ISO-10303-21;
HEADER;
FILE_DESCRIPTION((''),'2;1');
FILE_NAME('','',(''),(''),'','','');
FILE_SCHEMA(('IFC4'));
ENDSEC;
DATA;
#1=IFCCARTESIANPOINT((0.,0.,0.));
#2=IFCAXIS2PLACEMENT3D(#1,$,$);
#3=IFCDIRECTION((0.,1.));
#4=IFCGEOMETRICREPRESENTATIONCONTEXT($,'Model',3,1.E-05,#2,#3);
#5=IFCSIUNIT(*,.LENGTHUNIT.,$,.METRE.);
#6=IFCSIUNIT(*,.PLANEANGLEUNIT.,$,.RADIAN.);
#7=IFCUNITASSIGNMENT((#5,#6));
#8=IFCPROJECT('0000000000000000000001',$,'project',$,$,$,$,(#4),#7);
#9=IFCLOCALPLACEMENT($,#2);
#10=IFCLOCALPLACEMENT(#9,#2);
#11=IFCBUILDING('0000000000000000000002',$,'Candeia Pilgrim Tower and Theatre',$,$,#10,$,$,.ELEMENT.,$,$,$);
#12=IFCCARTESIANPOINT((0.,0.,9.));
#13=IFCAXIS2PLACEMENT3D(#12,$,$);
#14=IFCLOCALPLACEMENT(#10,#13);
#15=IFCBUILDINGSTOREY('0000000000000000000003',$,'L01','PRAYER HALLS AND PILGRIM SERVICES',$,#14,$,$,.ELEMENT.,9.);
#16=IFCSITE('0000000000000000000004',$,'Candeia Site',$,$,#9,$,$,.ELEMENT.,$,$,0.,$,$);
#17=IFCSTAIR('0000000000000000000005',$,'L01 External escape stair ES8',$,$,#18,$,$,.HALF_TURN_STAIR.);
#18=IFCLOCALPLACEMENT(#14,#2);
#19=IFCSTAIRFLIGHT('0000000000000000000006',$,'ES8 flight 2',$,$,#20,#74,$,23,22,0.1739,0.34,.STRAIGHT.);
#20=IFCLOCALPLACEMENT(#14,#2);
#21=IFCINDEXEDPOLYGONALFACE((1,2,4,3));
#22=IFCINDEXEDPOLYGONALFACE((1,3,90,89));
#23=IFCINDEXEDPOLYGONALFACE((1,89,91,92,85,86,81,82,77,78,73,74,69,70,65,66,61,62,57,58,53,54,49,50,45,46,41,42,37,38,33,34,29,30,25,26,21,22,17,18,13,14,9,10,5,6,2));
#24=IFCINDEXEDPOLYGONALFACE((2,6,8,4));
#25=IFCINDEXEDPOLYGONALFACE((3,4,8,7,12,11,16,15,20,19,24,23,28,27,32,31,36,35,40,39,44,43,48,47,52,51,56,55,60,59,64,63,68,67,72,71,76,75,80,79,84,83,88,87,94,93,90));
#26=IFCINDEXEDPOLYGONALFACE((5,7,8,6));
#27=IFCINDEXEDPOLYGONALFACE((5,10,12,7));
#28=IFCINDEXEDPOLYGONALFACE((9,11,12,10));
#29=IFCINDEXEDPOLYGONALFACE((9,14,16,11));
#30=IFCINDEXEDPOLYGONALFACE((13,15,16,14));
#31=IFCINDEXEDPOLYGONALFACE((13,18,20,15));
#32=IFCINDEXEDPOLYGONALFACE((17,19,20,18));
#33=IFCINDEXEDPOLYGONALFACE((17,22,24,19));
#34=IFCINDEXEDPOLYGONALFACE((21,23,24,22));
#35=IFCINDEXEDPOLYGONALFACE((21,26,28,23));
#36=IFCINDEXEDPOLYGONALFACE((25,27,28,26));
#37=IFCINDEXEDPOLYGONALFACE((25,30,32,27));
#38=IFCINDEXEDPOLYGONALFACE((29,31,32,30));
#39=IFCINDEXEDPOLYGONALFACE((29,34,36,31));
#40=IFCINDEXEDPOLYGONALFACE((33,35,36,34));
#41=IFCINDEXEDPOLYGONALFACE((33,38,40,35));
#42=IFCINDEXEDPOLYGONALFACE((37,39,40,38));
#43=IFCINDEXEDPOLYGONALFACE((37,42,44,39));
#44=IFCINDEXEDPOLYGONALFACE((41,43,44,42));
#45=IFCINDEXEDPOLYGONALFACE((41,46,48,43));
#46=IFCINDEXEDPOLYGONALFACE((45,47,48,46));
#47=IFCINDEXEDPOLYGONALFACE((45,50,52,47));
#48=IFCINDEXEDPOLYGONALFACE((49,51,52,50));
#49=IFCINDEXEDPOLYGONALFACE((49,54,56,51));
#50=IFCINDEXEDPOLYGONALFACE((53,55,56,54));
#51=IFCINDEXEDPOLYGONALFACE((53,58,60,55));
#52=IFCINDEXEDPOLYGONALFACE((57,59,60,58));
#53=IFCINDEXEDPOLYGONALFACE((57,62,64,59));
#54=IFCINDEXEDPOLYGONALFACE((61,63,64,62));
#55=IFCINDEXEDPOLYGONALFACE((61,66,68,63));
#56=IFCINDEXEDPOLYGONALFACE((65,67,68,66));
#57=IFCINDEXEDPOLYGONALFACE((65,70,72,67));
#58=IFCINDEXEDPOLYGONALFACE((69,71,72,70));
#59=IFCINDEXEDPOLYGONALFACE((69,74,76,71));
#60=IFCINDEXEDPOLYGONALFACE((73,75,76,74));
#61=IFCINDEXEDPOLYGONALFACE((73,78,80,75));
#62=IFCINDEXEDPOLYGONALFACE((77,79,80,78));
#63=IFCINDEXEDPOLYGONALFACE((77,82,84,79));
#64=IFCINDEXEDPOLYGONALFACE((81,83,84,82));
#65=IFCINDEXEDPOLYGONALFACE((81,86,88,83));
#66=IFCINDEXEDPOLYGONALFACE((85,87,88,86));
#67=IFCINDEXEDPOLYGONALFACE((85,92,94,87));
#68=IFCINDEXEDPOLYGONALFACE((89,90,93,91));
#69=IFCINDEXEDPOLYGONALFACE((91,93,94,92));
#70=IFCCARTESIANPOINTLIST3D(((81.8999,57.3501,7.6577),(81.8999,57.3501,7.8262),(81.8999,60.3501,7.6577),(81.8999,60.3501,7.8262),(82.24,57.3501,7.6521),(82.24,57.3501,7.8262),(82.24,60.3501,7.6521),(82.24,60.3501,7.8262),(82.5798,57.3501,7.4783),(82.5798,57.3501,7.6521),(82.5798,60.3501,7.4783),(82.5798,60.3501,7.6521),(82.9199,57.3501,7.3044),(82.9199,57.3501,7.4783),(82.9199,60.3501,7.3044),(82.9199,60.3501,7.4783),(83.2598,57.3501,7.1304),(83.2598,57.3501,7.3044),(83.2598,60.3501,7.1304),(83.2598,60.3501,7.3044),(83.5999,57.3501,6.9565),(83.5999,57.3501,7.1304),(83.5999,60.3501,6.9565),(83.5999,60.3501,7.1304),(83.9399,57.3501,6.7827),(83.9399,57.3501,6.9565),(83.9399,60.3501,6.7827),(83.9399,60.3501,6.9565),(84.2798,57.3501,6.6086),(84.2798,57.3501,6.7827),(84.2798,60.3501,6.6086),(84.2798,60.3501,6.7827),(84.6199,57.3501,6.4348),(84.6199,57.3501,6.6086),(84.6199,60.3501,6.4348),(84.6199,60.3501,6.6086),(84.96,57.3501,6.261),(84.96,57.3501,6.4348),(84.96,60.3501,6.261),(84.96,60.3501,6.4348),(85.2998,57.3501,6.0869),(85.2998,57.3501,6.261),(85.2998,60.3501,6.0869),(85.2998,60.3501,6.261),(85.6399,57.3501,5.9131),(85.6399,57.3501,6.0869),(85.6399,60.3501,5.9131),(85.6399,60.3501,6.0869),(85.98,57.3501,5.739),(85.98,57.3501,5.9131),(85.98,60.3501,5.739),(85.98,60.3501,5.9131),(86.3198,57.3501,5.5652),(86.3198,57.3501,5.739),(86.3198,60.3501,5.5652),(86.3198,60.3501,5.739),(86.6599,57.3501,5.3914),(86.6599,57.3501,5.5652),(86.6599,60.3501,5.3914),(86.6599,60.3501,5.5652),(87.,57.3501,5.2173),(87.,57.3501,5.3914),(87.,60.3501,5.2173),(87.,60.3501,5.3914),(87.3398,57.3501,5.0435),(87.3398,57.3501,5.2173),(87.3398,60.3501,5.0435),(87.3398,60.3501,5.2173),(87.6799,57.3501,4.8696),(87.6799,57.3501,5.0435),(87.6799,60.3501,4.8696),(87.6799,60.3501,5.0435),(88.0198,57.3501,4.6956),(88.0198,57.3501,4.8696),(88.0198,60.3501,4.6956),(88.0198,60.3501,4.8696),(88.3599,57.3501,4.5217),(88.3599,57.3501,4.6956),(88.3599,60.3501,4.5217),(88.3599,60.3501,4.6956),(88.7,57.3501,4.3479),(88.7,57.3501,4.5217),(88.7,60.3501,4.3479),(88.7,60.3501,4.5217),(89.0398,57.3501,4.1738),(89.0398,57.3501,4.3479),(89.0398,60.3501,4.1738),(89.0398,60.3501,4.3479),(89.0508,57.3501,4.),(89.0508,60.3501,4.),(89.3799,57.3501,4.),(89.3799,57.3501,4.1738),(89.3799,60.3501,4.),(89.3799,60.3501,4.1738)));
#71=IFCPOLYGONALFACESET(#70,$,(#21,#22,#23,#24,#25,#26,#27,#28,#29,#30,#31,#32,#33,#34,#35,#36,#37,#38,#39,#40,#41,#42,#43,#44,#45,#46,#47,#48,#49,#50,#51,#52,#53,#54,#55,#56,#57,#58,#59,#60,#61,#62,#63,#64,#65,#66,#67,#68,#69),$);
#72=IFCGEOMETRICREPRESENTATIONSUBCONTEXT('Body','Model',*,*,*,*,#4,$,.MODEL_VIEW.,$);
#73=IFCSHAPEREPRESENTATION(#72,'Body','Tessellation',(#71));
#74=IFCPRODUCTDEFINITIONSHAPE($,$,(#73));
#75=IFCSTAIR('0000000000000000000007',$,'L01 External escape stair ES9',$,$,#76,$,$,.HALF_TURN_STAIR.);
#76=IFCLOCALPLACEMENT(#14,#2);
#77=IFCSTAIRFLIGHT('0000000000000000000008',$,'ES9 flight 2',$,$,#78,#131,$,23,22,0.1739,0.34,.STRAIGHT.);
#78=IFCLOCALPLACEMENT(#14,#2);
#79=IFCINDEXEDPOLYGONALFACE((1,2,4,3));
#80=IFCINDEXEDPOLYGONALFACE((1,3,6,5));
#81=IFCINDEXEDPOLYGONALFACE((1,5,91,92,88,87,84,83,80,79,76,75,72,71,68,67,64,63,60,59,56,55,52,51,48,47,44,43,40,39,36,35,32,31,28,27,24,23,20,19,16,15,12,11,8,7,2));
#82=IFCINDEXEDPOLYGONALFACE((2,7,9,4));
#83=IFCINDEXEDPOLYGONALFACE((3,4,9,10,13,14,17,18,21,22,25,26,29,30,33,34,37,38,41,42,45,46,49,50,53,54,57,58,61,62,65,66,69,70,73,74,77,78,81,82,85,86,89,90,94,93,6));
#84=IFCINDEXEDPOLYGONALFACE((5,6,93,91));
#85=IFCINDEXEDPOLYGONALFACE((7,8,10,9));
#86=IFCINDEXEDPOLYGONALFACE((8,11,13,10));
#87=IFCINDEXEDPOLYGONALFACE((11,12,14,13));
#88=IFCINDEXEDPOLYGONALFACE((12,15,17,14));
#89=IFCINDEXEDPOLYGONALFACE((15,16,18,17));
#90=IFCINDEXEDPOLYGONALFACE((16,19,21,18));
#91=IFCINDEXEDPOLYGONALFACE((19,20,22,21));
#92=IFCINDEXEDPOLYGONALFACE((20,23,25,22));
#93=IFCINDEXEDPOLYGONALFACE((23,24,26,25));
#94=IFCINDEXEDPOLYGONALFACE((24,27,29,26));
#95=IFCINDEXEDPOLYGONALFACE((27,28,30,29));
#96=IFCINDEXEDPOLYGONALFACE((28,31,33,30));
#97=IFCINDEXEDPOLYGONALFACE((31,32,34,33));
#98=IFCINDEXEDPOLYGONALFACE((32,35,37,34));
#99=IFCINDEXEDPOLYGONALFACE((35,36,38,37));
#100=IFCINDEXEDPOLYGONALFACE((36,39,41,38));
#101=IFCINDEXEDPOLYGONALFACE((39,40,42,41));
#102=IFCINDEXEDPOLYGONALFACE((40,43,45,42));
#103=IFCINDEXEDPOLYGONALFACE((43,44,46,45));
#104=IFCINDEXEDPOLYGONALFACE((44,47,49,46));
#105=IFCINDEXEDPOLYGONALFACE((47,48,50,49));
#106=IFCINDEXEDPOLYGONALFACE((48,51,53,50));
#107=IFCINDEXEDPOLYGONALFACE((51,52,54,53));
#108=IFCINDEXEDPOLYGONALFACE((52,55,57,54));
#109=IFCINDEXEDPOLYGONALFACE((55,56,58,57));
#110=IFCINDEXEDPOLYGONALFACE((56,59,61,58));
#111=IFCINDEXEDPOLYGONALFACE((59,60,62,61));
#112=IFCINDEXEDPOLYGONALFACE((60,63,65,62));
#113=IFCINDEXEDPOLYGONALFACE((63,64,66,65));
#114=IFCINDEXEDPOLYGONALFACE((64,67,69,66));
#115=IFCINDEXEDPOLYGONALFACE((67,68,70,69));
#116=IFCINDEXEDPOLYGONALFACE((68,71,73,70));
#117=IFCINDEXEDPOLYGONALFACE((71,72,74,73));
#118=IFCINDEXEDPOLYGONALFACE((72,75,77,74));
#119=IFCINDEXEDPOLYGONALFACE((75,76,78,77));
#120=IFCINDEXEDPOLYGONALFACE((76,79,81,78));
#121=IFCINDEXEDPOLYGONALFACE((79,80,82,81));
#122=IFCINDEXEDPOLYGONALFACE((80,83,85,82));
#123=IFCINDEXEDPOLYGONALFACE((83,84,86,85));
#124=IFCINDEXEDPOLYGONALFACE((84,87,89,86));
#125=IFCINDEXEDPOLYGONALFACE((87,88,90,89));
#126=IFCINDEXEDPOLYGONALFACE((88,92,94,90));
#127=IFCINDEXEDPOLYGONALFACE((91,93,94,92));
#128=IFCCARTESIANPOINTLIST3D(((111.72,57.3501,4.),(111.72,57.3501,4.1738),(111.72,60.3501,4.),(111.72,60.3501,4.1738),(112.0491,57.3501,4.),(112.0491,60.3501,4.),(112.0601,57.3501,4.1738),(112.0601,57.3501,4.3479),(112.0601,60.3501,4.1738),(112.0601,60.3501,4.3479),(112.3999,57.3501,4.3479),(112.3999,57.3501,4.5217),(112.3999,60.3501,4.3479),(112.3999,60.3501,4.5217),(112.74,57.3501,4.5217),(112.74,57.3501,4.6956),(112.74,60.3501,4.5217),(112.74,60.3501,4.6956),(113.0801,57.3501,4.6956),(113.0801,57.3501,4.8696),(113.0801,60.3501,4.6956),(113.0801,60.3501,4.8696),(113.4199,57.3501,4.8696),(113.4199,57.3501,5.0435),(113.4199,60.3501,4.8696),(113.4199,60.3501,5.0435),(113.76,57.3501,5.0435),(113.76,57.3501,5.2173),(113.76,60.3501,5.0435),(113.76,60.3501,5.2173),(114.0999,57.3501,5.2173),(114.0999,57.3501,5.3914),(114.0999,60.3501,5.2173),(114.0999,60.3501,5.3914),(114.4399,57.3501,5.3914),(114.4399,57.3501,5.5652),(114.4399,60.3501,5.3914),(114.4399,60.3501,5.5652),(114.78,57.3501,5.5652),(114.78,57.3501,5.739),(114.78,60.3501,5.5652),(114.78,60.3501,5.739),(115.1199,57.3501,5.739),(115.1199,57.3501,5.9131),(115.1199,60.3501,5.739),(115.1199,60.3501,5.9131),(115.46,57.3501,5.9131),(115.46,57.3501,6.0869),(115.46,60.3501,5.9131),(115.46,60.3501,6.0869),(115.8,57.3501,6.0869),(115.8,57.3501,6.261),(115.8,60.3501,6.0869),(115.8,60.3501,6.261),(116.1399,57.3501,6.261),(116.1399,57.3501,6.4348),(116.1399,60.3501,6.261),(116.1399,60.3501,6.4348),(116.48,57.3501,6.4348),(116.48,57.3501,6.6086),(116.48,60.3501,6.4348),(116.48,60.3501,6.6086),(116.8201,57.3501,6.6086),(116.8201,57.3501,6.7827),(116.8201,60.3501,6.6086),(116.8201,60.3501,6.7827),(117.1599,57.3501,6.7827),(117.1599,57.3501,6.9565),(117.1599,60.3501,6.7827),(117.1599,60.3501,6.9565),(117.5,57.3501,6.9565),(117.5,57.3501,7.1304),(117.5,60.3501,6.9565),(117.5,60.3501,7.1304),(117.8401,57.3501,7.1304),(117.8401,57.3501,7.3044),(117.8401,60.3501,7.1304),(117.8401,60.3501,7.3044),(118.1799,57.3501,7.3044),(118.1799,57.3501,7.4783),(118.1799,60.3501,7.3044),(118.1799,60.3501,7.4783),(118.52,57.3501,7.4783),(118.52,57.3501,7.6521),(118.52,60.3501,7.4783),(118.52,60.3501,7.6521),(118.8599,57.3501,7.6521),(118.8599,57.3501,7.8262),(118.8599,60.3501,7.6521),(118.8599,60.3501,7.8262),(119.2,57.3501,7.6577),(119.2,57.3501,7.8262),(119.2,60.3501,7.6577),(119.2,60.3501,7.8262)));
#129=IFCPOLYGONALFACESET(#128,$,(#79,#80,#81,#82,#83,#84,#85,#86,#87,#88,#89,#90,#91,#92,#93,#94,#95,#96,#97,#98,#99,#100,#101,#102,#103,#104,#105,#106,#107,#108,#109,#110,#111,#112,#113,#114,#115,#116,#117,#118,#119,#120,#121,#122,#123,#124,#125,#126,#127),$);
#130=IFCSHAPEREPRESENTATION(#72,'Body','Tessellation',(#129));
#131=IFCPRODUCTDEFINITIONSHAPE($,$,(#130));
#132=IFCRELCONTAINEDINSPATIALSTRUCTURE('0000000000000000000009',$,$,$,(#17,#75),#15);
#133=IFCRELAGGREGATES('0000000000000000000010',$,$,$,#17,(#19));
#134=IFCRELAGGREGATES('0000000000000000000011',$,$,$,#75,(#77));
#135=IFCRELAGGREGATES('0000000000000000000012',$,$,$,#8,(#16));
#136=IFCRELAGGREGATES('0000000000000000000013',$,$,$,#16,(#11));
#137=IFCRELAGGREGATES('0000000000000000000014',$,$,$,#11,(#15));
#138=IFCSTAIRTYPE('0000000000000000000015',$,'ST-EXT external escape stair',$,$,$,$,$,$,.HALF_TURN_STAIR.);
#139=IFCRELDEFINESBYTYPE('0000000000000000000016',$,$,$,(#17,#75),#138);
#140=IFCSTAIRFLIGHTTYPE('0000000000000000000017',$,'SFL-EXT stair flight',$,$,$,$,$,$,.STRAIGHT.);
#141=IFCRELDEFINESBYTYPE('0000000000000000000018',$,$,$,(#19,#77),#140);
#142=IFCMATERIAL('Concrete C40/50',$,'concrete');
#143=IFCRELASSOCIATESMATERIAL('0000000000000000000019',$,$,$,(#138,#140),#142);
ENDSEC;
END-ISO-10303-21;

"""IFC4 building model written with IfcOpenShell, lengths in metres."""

from ifc_helpers import new_model, si_unit, direction, frame, origin, place, context, subcontext, project, spatial, polyline, outline, extrude, material, type_object, element, aggregate, save


model = new_model("IFC4")

# Units and contexts
model_context = context("Model", 3, precision=1e-05, world=origin(), true_north=direction((0.0, 1.0)))
body_context = subcontext(model_context, "Body", "Model", "MODEL_VIEW")
ifc_project = project(units=[si_unit("LENGTHUNIT", "METRE"), si_unit("PLANEANGLEUNIT", "RADIAN")], contexts=[model_context])

# Site, building, storey
site_placement = place(None, origin())
site = spatial("IfcSite", under=ifc_project, at=site_placement, Name="Candeia Site", CompositionType="ELEMENT", RefElevation=0.0)
building_placement = place(site_placement, origin())
building = spatial("IfcBuilding", under=site, at=building_placement, Name="Candeia Pilgrim Tower and Theatre", CompositionType="ELEMENT")
storey_placement = place(building_placement, frame((0.0, 0.0, 9.0)))
storey = spatial("IfcBuildingStorey", under=building, at=storey_placement, Name="L01", Description="PRAYER HALLS AND PILGRIM SERVICES", CompositionType="ELEMENT", Elevation=9.0)

# Shared definitions
ifc_material_1 = material(Name="Concrete C40/50", Category="concrete")

# Stairs, stair flights
stair_type = type_object("IfcStairType", Name="ST-EXT external escape stair", PredefinedType="HALF_TURN_STAIR", material=ifc_material_1)
stair_1_placement = place(storey_placement, origin())
stair_1 = element("IfcStair", 1, at=stair_1_placement, inside=storey, type_object=stair_type, Name="L01 External escape stair ES8", PredefinedType="HALF_TURN_STAIR")
stair_flight_type = type_object("IfcStairFlightType", Name="SFL-EXT stair flight", PredefinedType="STRAIGHT", material=ifc_material_1)
stair_flight_1_placement = place(storey_placement, frame((89.3799, 58.8501, 4.0), z_axis=(0.0, 0.0, 1.0), x_axis=(-1.0, 0.0, 0.0)))
stair_flight_1 = element("IfcStairFlight", 2, at=stair_flight_1_placement, type_object=stair_flight_type, Name="ES8 flight 2", NumberOfRisers=23, NumberOfTreads=22, PredefinedType="STRAIGHT", RiserHeight=0.1739, TreadLength=0.34, context=body_context, shape_type="SweptSolid", body=[
    extrude(outline(polyline([(0.0, 0.0), (0.0, 0.1738), (0.3401, 0.1738), (0.3401, 0.3479), (0.6799, 0.3479), (0.6799, 0.5217), (1.02, 0.5217), (1.02, 0.6956), (1.3601, 0.6956), (1.3601, 0.8696), (1.7, 0.8696), (1.7, 1.0435), (2.04, 1.0435), (2.04, 1.2173), (2.3799, 1.2173), (2.3799, 1.3914), (2.72, 1.3914), (2.72, 1.5652), (3.0601, 1.5652), (3.0601, 1.739), (3.3999, 1.739), (3.3999, 1.9131), (3.74, 1.9131), (3.74, 2.0869), (4.0801, 2.0869), (4.0801, 2.261), (4.4199, 2.261), (4.4199, 2.4348), (4.76, 2.4348), (4.76, 2.6086), (5.1001, 2.6086), (5.1001, 2.7827), (5.4399, 2.7827), (5.4399, 2.9565), (5.78, 2.9565), (5.78, 3.1304), (6.1201, 3.1304), (6.1201, 3.3044), (6.46, 3.3044), (6.46, 3.4783), (6.8, 3.4783), (6.8, 3.6521), (7.1399, 3.6521), (7.1399, 3.8262), (7.48, 3.8262), (7.48, 4.0), (7.48, 3.6577), (0.3291, 0.0), (0.0, 0.0)])), frame((0.0, 1.5, 0.0), z_axis=(0.0, -1.0, 0.0), x_axis=(1.0, 0.0, 0.0)), (0.0, 0.0, 1.0), 3.0),
])
aggregate(stair_1, [stair_flight_1])
stair_2_placement = place(storey_placement, origin())
stair_2 = element("IfcStair", 3, at=stair_2_placement, inside=storey, type_object=stair_type, Name="L01 External escape stair ES9", PredefinedType="HALF_TURN_STAIR")
stair_flight_2_placement = place(storey_placement, frame((111.72, 58.8501, 4.0), z_axis=(0.0, 0.0, 1.0), x_axis=(1.0, 0.0, 0.0)))
stair_flight_2 = element("IfcStairFlight", 4, at=stair_flight_2_placement, type_object=stair_flight_type, Name="ES9 flight 2", NumberOfRisers=23, NumberOfTreads=22, PredefinedType="STRAIGHT", RiserHeight=0.1739, TreadLength=0.34, context=body_context, shape_type="SweptSolid", body=[
    extrude(outline(polyline([(0.0, 0.0), (0.0, 0.1738), (0.3401, 0.1738), (0.3401, 0.3479), (0.6799, 0.3479), (0.6799, 0.5217), (1.02, 0.5217), (1.02, 0.6956), (1.3601, 0.6956), (1.3601, 0.8696), (1.7, 0.8696), (1.7, 1.0435), (2.04, 1.0435), (2.04, 1.2173), (2.3799, 1.2173), (2.3799, 1.3914), (2.72, 1.3914), (2.72, 1.5652), (3.0601, 1.5652), (3.0601, 1.739), (3.3999, 1.739), (3.3999, 1.9131), (3.74, 1.9131), (3.74, 2.0869), (4.0801, 2.0869), (4.0801, 2.261), (4.4199, 2.261), (4.4199, 2.4348), (4.76, 2.4348), (4.76, 2.6086), (5.1001, 2.6086), (5.1001, 2.7827), (5.4399, 2.7827), (5.4399, 2.9565), (5.78, 2.9565), (5.78, 3.1304), (6.1201, 3.1304), (6.1201, 3.3044), (6.46, 3.3044), (6.46, 3.4783), (6.8, 3.4783), (6.8, 3.6521), (7.1399, 3.6521), (7.1399, 3.8262), (7.48, 3.8262), (7.48, 4.0), (7.48, 3.6577), (0.3291, 0.0), (0.0, 0.0)])), frame((0.0, 1.5, 0.0), z_axis=(0.0, -1.0, 0.0), x_axis=(1.0, 0.0, 0.0)), (0.0, 0.0, 1.0), 3.0),
])
aggregate(stair_2, [stair_flight_2])

save(model, "model.ifc")
